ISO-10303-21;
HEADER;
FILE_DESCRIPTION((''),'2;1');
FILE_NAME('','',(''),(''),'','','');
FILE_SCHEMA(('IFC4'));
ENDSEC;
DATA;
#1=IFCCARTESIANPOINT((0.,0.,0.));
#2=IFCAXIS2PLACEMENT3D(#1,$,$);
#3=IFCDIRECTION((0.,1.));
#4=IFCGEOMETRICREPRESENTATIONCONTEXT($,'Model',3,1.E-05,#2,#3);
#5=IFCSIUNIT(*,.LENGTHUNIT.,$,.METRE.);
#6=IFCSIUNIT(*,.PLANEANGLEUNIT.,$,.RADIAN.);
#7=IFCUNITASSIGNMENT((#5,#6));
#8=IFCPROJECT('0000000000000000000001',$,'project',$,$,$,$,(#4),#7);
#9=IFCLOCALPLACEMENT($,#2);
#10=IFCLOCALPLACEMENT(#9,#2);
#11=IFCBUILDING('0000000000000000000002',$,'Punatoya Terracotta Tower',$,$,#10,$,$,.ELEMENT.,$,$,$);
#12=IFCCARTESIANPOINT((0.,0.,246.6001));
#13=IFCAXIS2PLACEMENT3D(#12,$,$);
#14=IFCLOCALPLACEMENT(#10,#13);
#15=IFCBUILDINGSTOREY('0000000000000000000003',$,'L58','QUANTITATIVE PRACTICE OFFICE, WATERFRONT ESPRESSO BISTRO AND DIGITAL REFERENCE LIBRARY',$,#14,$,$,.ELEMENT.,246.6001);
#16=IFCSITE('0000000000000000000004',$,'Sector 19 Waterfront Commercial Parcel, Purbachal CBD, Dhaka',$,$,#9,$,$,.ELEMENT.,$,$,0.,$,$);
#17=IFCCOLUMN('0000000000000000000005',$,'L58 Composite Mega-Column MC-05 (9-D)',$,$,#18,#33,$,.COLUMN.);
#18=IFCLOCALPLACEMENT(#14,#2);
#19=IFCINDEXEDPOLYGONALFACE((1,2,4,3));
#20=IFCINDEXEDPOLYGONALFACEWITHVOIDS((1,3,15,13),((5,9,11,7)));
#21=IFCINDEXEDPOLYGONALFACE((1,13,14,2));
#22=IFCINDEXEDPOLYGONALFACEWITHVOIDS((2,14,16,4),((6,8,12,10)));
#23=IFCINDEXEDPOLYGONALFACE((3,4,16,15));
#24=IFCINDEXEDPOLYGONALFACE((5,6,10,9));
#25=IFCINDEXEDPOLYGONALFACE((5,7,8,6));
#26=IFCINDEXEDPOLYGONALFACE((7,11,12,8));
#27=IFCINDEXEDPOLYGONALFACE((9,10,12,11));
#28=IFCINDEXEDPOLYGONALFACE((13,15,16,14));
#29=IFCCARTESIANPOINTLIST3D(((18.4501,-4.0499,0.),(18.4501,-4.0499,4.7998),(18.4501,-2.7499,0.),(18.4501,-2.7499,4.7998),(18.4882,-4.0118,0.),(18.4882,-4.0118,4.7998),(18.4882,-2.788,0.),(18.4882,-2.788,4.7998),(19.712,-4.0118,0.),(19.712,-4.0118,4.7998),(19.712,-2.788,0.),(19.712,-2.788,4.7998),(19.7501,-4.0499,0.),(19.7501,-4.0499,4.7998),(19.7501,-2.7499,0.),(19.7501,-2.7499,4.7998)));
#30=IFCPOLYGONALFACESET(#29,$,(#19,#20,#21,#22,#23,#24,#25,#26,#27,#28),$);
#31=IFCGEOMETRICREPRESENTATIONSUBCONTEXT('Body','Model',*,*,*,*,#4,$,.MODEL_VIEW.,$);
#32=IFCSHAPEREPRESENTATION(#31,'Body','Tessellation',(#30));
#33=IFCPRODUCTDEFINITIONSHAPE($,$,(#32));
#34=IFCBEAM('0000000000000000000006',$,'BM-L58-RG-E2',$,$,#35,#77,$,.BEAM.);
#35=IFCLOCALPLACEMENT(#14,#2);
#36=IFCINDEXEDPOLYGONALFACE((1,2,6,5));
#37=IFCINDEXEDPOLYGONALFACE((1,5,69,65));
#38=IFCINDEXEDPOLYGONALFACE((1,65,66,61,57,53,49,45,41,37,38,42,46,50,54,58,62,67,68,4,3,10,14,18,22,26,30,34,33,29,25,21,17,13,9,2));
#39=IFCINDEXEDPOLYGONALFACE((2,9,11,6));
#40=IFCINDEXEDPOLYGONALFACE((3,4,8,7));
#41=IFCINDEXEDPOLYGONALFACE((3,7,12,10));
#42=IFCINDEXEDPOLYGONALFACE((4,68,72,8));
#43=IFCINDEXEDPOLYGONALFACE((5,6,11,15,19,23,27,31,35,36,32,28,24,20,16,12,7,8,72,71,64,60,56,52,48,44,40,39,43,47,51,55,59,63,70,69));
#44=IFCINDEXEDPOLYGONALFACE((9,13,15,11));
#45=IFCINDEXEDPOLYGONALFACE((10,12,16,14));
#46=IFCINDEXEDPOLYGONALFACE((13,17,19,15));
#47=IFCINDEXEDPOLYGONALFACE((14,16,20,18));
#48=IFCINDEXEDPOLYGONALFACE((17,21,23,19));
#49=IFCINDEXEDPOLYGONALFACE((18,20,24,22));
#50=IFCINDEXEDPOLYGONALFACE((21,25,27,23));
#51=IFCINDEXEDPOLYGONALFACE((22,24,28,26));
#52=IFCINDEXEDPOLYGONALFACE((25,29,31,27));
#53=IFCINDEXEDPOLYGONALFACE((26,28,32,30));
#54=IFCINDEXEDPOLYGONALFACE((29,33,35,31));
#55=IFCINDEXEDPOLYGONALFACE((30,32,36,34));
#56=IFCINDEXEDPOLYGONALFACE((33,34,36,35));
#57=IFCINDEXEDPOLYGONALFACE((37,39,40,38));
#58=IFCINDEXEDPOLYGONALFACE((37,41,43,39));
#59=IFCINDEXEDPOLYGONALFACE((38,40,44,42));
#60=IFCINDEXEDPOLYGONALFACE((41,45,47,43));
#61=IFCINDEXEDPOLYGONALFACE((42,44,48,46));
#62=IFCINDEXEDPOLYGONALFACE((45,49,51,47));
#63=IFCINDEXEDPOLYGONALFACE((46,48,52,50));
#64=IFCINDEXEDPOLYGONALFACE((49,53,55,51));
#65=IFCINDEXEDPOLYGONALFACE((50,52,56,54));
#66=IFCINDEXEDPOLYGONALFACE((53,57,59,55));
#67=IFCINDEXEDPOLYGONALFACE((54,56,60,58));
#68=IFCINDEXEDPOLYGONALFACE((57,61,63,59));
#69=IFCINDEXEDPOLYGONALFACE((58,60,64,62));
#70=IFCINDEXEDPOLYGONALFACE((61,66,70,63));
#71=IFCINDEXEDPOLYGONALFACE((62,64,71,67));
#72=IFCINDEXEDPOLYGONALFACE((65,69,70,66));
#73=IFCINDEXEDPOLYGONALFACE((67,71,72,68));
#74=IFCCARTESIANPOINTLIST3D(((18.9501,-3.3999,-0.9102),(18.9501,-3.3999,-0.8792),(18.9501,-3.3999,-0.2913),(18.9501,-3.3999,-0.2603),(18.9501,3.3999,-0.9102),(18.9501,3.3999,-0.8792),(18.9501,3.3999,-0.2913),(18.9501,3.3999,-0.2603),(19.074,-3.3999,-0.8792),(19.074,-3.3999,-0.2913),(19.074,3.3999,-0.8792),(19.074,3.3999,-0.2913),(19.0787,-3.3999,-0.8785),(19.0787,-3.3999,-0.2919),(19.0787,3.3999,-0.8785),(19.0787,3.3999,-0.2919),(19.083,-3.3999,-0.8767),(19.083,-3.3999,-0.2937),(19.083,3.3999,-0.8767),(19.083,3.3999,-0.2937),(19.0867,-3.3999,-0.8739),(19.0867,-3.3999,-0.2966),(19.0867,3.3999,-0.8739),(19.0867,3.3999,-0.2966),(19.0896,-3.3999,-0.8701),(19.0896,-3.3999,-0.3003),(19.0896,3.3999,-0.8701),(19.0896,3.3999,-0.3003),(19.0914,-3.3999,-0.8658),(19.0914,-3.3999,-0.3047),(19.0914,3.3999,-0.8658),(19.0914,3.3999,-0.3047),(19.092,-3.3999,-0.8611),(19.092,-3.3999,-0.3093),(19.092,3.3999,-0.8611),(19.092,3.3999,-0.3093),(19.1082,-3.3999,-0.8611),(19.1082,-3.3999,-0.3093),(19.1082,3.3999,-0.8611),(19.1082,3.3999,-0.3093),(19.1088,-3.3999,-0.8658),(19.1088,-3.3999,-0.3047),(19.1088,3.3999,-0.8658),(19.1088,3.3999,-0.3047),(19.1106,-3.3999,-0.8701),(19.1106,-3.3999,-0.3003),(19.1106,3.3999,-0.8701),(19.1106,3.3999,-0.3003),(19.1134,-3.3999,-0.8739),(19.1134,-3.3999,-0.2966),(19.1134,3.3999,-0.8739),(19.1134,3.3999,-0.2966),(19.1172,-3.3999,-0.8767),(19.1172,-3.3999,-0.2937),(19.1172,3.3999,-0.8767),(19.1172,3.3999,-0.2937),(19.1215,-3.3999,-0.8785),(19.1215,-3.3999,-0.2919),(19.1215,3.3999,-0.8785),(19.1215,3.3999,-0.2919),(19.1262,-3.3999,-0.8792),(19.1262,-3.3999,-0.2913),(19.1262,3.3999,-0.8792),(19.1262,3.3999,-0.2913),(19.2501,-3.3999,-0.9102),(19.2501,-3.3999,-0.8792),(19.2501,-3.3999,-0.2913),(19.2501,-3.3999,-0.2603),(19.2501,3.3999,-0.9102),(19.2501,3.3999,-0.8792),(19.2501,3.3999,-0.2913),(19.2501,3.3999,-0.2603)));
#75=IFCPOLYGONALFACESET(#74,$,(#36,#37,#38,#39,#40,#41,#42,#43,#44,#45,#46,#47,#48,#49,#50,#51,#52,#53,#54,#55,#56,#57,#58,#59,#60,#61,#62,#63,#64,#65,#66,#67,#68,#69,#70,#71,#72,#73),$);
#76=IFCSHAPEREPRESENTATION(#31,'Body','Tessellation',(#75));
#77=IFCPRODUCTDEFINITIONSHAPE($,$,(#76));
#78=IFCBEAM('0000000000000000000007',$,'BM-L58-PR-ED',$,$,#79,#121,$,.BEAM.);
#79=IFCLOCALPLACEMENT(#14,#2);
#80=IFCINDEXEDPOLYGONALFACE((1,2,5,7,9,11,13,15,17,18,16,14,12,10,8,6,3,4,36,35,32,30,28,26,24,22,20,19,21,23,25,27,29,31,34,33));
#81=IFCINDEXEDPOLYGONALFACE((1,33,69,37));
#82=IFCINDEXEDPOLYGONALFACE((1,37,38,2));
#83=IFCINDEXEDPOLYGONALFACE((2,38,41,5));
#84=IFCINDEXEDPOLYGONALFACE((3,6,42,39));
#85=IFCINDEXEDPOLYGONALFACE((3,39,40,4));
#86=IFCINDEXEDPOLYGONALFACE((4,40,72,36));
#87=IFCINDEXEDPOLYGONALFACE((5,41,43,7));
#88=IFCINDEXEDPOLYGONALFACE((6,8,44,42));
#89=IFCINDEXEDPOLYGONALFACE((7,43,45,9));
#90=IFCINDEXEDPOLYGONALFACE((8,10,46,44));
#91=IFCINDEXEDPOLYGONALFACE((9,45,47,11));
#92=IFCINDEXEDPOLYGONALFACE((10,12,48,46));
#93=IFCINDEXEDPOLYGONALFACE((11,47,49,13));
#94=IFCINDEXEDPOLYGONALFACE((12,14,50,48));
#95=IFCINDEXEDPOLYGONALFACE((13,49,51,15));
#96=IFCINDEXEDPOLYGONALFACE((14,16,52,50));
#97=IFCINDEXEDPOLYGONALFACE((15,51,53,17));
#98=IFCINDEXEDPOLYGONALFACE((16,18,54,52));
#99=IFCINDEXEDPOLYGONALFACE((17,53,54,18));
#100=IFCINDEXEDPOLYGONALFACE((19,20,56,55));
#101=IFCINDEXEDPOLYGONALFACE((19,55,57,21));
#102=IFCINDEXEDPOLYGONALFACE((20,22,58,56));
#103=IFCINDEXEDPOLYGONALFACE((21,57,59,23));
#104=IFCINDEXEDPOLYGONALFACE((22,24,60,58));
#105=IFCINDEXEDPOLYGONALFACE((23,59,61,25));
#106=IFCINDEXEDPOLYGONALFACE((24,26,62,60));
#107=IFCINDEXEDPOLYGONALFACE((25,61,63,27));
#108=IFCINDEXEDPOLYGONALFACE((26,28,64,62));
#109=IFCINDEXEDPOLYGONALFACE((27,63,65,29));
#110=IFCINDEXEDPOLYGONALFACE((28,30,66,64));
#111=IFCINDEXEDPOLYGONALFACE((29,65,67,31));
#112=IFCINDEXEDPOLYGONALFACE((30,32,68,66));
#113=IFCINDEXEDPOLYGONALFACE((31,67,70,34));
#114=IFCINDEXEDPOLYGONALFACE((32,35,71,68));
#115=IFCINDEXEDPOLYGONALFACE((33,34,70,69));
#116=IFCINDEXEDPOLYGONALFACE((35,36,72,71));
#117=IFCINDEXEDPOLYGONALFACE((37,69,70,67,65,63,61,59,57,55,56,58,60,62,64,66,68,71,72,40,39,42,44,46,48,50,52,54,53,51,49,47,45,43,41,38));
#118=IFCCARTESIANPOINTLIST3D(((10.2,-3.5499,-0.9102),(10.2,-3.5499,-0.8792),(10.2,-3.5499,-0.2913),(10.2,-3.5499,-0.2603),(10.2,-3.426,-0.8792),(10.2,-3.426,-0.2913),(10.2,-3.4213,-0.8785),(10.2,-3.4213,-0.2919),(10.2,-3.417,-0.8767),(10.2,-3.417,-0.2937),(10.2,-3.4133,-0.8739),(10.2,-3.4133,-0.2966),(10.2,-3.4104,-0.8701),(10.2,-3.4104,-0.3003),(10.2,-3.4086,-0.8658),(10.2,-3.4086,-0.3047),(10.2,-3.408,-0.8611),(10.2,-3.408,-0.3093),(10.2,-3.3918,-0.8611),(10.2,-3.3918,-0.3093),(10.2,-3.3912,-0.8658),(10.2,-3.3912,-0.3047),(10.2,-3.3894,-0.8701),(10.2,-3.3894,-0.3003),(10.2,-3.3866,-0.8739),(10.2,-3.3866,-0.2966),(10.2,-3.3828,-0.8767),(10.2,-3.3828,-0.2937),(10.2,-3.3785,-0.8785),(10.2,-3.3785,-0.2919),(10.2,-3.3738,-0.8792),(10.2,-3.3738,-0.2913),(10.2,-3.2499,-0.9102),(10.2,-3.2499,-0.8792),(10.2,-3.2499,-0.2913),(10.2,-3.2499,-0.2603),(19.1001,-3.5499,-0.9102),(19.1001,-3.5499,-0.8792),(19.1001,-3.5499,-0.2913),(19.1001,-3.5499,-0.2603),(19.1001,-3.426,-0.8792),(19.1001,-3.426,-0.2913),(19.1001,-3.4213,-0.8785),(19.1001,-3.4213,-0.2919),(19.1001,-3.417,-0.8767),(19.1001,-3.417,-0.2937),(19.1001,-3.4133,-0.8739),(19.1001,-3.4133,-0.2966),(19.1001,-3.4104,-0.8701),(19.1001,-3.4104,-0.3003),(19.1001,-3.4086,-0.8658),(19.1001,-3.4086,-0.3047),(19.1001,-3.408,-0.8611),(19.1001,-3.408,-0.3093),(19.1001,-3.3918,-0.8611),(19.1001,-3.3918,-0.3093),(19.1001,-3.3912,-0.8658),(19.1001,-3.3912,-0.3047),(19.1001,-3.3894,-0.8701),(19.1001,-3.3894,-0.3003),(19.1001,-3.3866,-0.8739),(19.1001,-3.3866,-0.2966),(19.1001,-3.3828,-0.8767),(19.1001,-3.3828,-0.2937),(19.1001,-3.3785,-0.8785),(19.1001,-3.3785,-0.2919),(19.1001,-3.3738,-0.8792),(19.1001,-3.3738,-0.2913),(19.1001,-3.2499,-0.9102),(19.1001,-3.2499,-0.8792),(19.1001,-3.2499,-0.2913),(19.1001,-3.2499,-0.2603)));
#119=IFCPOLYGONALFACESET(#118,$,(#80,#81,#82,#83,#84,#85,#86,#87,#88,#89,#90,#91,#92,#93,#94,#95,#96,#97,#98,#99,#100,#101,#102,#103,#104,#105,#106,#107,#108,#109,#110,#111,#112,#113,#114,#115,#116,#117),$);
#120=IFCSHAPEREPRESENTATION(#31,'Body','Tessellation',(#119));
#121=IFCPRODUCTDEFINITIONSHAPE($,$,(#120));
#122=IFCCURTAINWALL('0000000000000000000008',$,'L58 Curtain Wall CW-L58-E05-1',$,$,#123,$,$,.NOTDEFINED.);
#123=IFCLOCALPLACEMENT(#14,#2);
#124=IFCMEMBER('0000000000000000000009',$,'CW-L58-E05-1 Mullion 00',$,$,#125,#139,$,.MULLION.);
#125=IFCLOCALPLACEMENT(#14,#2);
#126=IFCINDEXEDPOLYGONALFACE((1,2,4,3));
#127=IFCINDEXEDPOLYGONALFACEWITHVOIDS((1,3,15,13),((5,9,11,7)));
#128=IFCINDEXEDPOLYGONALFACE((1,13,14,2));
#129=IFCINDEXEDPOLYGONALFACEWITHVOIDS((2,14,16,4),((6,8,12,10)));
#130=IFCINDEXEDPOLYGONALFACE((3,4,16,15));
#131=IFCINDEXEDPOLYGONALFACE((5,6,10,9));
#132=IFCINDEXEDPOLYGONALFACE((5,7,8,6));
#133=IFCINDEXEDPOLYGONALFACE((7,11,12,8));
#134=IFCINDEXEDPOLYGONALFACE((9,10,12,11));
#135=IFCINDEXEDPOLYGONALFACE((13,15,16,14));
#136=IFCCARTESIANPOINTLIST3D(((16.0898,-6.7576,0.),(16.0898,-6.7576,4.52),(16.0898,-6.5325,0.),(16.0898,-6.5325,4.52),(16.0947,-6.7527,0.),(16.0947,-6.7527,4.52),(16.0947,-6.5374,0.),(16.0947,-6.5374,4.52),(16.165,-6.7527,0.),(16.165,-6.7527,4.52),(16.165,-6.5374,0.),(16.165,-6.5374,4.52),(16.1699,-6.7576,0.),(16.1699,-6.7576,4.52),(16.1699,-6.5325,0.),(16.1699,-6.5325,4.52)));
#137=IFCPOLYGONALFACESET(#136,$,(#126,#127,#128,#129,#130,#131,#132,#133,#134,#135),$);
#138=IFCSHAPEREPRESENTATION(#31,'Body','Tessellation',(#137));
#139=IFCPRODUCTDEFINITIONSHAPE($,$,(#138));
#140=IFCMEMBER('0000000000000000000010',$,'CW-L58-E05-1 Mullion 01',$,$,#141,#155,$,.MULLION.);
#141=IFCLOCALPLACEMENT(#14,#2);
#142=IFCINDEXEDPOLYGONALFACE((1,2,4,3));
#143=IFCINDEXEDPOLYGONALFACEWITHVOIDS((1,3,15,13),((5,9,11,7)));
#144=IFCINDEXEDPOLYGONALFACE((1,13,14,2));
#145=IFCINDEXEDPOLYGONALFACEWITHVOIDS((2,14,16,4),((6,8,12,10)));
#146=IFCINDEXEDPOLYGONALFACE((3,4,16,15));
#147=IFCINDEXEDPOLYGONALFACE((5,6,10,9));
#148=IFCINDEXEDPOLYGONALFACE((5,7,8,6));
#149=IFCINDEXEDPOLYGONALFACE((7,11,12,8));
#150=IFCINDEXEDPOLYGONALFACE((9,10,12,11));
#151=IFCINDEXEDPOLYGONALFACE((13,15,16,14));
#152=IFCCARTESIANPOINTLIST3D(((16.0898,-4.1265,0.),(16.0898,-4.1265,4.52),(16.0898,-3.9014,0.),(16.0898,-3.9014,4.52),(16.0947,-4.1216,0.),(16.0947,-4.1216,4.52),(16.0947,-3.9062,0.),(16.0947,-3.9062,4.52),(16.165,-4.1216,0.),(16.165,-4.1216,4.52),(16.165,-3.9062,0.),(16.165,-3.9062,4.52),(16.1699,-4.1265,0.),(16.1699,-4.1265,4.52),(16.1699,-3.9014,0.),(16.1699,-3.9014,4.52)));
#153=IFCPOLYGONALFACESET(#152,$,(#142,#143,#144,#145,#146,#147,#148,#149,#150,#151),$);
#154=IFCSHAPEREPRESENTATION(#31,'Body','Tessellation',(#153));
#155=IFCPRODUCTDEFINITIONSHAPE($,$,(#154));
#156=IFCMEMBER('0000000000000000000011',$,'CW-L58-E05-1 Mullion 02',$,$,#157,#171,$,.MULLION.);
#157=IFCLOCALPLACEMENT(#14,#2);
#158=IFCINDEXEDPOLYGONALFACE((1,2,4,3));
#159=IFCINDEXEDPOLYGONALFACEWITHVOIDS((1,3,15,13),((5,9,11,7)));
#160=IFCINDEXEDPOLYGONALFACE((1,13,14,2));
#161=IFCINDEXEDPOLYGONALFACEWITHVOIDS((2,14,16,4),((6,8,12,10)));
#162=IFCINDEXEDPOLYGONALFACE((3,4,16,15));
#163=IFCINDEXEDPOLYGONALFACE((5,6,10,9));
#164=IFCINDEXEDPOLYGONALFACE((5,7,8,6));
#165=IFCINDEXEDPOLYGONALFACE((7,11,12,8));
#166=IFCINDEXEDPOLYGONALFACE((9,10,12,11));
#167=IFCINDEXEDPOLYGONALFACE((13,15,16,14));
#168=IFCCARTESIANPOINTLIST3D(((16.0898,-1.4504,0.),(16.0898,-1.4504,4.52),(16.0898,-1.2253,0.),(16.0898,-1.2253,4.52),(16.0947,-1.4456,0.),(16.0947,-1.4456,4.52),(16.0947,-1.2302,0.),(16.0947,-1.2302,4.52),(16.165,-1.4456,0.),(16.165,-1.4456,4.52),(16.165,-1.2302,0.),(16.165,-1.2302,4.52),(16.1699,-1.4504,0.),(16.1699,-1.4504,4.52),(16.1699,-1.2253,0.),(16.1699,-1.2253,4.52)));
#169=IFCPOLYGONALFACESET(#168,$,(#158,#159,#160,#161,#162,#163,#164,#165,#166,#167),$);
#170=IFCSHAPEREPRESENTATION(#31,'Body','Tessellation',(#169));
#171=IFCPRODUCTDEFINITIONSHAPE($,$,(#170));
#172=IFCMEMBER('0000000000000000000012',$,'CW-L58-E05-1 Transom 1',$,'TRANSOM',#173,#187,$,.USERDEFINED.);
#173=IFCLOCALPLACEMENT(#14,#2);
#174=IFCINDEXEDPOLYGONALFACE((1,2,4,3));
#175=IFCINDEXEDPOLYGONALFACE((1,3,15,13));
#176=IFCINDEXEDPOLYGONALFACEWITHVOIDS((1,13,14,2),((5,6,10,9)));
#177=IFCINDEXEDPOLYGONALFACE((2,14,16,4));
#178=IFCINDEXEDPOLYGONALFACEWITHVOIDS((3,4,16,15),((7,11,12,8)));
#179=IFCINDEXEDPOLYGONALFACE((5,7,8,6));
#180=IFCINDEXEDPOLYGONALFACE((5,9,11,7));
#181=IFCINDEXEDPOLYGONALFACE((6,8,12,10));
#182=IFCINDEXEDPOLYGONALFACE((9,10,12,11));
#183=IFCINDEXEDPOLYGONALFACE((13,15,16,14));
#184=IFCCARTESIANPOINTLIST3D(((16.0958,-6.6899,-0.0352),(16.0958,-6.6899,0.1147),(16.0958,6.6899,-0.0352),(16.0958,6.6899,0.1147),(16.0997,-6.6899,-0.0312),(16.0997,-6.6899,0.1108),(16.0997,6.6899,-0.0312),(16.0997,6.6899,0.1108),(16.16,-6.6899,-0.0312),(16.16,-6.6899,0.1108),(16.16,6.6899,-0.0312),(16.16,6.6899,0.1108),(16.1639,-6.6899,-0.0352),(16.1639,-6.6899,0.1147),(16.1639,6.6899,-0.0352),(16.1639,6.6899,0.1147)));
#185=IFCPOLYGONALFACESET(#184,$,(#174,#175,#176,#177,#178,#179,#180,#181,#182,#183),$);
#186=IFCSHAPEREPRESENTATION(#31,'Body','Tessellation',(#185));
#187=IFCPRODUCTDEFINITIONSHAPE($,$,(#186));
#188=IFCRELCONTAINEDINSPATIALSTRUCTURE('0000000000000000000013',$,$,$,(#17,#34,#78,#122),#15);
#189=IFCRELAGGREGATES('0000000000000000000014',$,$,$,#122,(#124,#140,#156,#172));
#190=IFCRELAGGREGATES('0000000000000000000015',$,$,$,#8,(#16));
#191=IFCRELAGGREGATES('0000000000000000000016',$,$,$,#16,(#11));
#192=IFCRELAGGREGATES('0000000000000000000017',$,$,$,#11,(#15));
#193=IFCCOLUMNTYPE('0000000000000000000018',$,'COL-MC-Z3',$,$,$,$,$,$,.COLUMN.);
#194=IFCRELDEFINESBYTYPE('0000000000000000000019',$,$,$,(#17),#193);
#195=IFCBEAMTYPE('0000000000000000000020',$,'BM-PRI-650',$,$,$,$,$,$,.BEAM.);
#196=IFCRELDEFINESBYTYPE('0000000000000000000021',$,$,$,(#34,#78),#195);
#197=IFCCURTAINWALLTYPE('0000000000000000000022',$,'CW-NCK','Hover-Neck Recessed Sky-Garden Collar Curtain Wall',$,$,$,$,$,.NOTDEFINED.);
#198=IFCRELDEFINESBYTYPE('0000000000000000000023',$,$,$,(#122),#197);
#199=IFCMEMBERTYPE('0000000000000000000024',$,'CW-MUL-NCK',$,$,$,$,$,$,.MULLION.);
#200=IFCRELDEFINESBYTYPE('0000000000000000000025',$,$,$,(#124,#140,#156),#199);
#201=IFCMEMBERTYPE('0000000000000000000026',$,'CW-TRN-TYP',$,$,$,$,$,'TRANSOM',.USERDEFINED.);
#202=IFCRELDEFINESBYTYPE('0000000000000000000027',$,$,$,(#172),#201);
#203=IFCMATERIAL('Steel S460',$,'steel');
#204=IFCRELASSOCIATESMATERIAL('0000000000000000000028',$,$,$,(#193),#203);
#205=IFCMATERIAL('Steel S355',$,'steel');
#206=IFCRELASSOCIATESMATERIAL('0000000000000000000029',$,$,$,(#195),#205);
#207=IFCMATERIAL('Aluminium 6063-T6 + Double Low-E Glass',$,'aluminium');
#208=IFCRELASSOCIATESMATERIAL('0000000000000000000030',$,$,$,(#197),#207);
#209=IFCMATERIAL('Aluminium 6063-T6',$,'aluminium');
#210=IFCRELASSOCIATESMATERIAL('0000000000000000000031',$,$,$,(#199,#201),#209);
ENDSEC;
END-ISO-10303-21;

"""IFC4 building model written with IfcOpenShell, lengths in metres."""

from ifc_helpers import new_model, si_unit, direction, frame, origin, origin_2d, place, context, subcontext, project, spatial, hollow_rectangle, i_section, extrude, material, material_profile, profile_set, type_object, element, aggregate, save


model = new_model("IFC4")

# Units and contexts
model_context = context("Model", 3, precision=1e-05, world=origin(), true_north=direction((0.0, 1.0)))
body_context = subcontext(model_context, "Body", "Model", "MODEL_VIEW")
ifc_project = project(units=[si_unit("LENGTHUNIT", "METRE"), si_unit("PLANEANGLEUNIT", "RADIAN")], contexts=[model_context])

# Site, building, storey
site_placement = place(None, origin())
site = spatial("IfcSite", under=ifc_project, at=site_placement, Name="Sector 19 Waterfront Commercial Parcel, Purbachal CBD, Dhaka", CompositionType="ELEMENT", RefElevation=0.0)
building_placement = place(site_placement, origin())
building = spatial("IfcBuilding", under=site, at=building_placement, Name="Punatoya Terracotta Tower", CompositionType="ELEMENT")
storey_placement = place(building_placement, frame((0.0, 0.0, 246.6001)))
storey = spatial("IfcBuildingStorey", under=building, at=storey_placement, Name="L58", Description="QUANTITATIVE PRACTICE OFFICE, WATERFRONT ESPRESSO BISTRO AND DIGITAL REFERENCE LIBRARY", CompositionType="ELEMENT", Elevation=246.6001)

# Column
ifc_material_1 = material(Name="Steel S460", Category="steel")
ifc_material_profile_1 = material_profile(ifc_material_1, hollow_rectangle(XDim=1.3, YDim=1.3, WallThickness=0.0381, at=origin_2d()))
ifc_profile_set_1 = profile_set([ifc_material_profile_1], Name="Steel S460")
column_type = type_object("IfcColumnType", Name="COL-MC-Z3", PredefinedType="COLUMN", material=ifc_profile_set_1)
column_placement = place(storey_placement, frame((19.1001, -3.3999, 0.0), z_axis=(0.0, 0.0, 1.0), x_axis=(1.0, 0.0, 0.0)))
element("IfcColumn", 1, at=column_placement, inside=storey, type_object=column_type, Name="L58 Composite Mega-Column MC-05 (9-D)", PredefinedType="COLUMN", context=body_context, shape_type="SweptSolid", body=[
    extrude(hollow_rectangle(XDim=1.3, YDim=1.3, WallThickness=0.0381, at=origin_2d()), origin(), (0.0, 0.0, 1.0), 4.7998),
])

# Beams
ifc_material_2 = material(Name="Steel S355", Category="steel")
ifc_material_profile_2 = material_profile(ifc_material_2, i_section(OverallWidth=0.3, OverallDepth=0.6499, WebThickness=0.0161, FlangeThickness=0.031, FilletRadius=0.0181, at=origin_2d()))
ifc_profile_set_2 = profile_set([ifc_material_profile_2], Name="Steel S355")
beam_type = type_object("IfcBeamType", Name="BM-PRI-650", PredefinedType="BEAM", material=ifc_profile_set_2)
beam_1_placement = place(storey_placement, frame((19.1001, -3.3999, -0.5852), z_axis=(0.0, 1.0, 0.0), x_axis=(-1.0, 0.0, 0.0)))
element("IfcBeam", 2, at=beam_1_placement, inside=storey, type_object=beam_type, Name="BM-L58-RG-E2", PredefinedType="BEAM", context=body_context, shape_type="SweptSolid", body=[
    extrude(i_section(OverallWidth=0.3, OverallDepth=0.6499, WebThickness=0.0161, FlangeThickness=0.031, FilletRadius=0.0181, at=origin_2d()), origin(), (0.0, 0.0, 1.0), 6.7998),
])
beam_2_placement = place(storey_placement, frame((10.2, -3.3999, -0.5852), z_axis=(1.0, 0.0, 0.0), x_axis=(0.0, 1.0, 0.0)))
element("IfcBeam", 3, at=beam_2_placement, inside=storey, type_object=beam_type, Name="BM-L58-PR-ED", PredefinedType="BEAM", context=body_context, shape_type="SweptSolid", body=[
    extrude(i_section(OverallWidth=0.3, OverallDepth=0.6499, WebThickness=0.0161, FlangeThickness=0.031, FilletRadius=0.0181, at=origin_2d()), origin(), (0.0, 0.0, 1.0), 8.9001),
])

# Curtain wall, members
ifc_material_3 = material(Name="Aluminium 6063-T6 + Double Low-E Glass", Category="aluminium")
curtain_wall_type = type_object("IfcCurtainWallType", Name="CW-NCK", Description="Hover-Neck Recessed Sky-Garden Collar Curtain Wall", PredefinedType="NOTDEFINED", material=ifc_material_3)
curtain_wall_placement = place(storey_placement, origin())
curtain_wall = element("IfcCurtainWall", 4, at=curtain_wall_placement, inside=storey, type_object=curtain_wall_type, Name="L58 Curtain Wall CW-L58-E05-1", PredefinedType="NOTDEFINED")
ifc_material_4 = material(Name="Aluminium 6063-T6", Category="aluminium")
ifc_material_profile_3 = material_profile(ifc_material_4, hollow_rectangle(XDim=0.0801, YDim=0.2251, WallThickness=0.0049, at=origin_2d()))
ifc_profile_set_3 = profile_set([ifc_material_profile_3], Name="Aluminium 6063-T6")
member_type_1 = type_object("IfcMemberType", Name="CW-MUL-NCK", PredefinedType="MULLION", material=ifc_profile_set_3)
member_1_placement = place(storey_placement, frame((16.1299, -6.645, 0.0), z_axis=(0.0, 0.0, 1.0), x_axis=(1.0, 0.0, 0.0)))
member_1 = element("IfcMember", 5, at=member_1_placement, type_object=member_type_1, Name="CW-L58-E05-1 Mullion 00", PredefinedType="MULLION", context=body_context, shape_type="SweptSolid", body=[
    extrude(hollow_rectangle(XDim=0.0801, YDim=0.2251, WallThickness=0.0049, at=origin_2d()), origin(), (0.0, 0.0, 1.0), 4.52),
])
member_2_placement = place(storey_placement, frame((16.1299, -4.0139, 0.0), z_axis=(0.0, 0.0, 1.0), x_axis=(1.0, 0.0, 0.0)))
member_2 = element("IfcMember", 6, at=member_2_placement, type_object=member_type_1, Name="CW-L58-E05-1 Mullion 01", PredefinedType="MULLION", context=body_context, shape_type="SweptSolid", body=[
    extrude(hollow_rectangle(XDim=0.0801, YDim=0.2251, WallThickness=0.0049, at=origin_2d()), origin(), (0.0, 0.0, 1.0), 4.52),
])
member_3_placement = place(storey_placement, frame((16.1299, -1.3379, 0.0), z_axis=(0.0, 0.0, 1.0), x_axis=(1.0, 0.0, 0.0)))
member_3 = element("IfcMember", 7, at=member_3_placement, type_object=member_type_1, Name="CW-L58-E05-1 Mullion 02", PredefinedType="MULLION", context=body_context, shape_type="SweptSolid", body=[
    extrude(hollow_rectangle(XDim=0.0801, YDim=0.2251, WallThickness=0.0049, at=origin_2d()), origin(), (0.0, 0.0, 1.0), 4.52),
])
ifc_material_profile_4 = material_profile(ifc_material_4, hollow_rectangle(XDim=0.0681, YDim=0.1499, WallThickness=0.0039, at=origin_2d()))
ifc_profile_set_4 = profile_set([ifc_material_profile_4], Name="Aluminium 6063-T6")
member_type_2 = type_object("IfcMemberType", Name="CW-TRN-TYP", ElementType="TRANSOM", PredefinedType="USERDEFINED", material=ifc_profile_set_4)
member_4_placement = place(storey_placement, frame((16.1299, -6.6899, 0.0398), z_axis=(0.0, 1.0, 0.0), x_axis=(-1.0, 0.0, 0.0)))
member_4 = element("IfcMember", 8, at=member_4_placement, type_object=member_type_2, Name="CW-L58-E05-1 Transom 1", ObjectType="TRANSOM", PredefinedType="USERDEFINED", context=body_context, shape_type="SweptSolid", body=[
    extrude(hollow_rectangle(XDim=0.0681, YDim=0.1499, WallThickness=0.0039, at=origin_2d()), origin(), (0.0, 0.0, 1.0), 13.3799),
])
aggregate(curtain_wall, [member_1, member_2, member_3, member_4])

save(model, "model.ifc")
